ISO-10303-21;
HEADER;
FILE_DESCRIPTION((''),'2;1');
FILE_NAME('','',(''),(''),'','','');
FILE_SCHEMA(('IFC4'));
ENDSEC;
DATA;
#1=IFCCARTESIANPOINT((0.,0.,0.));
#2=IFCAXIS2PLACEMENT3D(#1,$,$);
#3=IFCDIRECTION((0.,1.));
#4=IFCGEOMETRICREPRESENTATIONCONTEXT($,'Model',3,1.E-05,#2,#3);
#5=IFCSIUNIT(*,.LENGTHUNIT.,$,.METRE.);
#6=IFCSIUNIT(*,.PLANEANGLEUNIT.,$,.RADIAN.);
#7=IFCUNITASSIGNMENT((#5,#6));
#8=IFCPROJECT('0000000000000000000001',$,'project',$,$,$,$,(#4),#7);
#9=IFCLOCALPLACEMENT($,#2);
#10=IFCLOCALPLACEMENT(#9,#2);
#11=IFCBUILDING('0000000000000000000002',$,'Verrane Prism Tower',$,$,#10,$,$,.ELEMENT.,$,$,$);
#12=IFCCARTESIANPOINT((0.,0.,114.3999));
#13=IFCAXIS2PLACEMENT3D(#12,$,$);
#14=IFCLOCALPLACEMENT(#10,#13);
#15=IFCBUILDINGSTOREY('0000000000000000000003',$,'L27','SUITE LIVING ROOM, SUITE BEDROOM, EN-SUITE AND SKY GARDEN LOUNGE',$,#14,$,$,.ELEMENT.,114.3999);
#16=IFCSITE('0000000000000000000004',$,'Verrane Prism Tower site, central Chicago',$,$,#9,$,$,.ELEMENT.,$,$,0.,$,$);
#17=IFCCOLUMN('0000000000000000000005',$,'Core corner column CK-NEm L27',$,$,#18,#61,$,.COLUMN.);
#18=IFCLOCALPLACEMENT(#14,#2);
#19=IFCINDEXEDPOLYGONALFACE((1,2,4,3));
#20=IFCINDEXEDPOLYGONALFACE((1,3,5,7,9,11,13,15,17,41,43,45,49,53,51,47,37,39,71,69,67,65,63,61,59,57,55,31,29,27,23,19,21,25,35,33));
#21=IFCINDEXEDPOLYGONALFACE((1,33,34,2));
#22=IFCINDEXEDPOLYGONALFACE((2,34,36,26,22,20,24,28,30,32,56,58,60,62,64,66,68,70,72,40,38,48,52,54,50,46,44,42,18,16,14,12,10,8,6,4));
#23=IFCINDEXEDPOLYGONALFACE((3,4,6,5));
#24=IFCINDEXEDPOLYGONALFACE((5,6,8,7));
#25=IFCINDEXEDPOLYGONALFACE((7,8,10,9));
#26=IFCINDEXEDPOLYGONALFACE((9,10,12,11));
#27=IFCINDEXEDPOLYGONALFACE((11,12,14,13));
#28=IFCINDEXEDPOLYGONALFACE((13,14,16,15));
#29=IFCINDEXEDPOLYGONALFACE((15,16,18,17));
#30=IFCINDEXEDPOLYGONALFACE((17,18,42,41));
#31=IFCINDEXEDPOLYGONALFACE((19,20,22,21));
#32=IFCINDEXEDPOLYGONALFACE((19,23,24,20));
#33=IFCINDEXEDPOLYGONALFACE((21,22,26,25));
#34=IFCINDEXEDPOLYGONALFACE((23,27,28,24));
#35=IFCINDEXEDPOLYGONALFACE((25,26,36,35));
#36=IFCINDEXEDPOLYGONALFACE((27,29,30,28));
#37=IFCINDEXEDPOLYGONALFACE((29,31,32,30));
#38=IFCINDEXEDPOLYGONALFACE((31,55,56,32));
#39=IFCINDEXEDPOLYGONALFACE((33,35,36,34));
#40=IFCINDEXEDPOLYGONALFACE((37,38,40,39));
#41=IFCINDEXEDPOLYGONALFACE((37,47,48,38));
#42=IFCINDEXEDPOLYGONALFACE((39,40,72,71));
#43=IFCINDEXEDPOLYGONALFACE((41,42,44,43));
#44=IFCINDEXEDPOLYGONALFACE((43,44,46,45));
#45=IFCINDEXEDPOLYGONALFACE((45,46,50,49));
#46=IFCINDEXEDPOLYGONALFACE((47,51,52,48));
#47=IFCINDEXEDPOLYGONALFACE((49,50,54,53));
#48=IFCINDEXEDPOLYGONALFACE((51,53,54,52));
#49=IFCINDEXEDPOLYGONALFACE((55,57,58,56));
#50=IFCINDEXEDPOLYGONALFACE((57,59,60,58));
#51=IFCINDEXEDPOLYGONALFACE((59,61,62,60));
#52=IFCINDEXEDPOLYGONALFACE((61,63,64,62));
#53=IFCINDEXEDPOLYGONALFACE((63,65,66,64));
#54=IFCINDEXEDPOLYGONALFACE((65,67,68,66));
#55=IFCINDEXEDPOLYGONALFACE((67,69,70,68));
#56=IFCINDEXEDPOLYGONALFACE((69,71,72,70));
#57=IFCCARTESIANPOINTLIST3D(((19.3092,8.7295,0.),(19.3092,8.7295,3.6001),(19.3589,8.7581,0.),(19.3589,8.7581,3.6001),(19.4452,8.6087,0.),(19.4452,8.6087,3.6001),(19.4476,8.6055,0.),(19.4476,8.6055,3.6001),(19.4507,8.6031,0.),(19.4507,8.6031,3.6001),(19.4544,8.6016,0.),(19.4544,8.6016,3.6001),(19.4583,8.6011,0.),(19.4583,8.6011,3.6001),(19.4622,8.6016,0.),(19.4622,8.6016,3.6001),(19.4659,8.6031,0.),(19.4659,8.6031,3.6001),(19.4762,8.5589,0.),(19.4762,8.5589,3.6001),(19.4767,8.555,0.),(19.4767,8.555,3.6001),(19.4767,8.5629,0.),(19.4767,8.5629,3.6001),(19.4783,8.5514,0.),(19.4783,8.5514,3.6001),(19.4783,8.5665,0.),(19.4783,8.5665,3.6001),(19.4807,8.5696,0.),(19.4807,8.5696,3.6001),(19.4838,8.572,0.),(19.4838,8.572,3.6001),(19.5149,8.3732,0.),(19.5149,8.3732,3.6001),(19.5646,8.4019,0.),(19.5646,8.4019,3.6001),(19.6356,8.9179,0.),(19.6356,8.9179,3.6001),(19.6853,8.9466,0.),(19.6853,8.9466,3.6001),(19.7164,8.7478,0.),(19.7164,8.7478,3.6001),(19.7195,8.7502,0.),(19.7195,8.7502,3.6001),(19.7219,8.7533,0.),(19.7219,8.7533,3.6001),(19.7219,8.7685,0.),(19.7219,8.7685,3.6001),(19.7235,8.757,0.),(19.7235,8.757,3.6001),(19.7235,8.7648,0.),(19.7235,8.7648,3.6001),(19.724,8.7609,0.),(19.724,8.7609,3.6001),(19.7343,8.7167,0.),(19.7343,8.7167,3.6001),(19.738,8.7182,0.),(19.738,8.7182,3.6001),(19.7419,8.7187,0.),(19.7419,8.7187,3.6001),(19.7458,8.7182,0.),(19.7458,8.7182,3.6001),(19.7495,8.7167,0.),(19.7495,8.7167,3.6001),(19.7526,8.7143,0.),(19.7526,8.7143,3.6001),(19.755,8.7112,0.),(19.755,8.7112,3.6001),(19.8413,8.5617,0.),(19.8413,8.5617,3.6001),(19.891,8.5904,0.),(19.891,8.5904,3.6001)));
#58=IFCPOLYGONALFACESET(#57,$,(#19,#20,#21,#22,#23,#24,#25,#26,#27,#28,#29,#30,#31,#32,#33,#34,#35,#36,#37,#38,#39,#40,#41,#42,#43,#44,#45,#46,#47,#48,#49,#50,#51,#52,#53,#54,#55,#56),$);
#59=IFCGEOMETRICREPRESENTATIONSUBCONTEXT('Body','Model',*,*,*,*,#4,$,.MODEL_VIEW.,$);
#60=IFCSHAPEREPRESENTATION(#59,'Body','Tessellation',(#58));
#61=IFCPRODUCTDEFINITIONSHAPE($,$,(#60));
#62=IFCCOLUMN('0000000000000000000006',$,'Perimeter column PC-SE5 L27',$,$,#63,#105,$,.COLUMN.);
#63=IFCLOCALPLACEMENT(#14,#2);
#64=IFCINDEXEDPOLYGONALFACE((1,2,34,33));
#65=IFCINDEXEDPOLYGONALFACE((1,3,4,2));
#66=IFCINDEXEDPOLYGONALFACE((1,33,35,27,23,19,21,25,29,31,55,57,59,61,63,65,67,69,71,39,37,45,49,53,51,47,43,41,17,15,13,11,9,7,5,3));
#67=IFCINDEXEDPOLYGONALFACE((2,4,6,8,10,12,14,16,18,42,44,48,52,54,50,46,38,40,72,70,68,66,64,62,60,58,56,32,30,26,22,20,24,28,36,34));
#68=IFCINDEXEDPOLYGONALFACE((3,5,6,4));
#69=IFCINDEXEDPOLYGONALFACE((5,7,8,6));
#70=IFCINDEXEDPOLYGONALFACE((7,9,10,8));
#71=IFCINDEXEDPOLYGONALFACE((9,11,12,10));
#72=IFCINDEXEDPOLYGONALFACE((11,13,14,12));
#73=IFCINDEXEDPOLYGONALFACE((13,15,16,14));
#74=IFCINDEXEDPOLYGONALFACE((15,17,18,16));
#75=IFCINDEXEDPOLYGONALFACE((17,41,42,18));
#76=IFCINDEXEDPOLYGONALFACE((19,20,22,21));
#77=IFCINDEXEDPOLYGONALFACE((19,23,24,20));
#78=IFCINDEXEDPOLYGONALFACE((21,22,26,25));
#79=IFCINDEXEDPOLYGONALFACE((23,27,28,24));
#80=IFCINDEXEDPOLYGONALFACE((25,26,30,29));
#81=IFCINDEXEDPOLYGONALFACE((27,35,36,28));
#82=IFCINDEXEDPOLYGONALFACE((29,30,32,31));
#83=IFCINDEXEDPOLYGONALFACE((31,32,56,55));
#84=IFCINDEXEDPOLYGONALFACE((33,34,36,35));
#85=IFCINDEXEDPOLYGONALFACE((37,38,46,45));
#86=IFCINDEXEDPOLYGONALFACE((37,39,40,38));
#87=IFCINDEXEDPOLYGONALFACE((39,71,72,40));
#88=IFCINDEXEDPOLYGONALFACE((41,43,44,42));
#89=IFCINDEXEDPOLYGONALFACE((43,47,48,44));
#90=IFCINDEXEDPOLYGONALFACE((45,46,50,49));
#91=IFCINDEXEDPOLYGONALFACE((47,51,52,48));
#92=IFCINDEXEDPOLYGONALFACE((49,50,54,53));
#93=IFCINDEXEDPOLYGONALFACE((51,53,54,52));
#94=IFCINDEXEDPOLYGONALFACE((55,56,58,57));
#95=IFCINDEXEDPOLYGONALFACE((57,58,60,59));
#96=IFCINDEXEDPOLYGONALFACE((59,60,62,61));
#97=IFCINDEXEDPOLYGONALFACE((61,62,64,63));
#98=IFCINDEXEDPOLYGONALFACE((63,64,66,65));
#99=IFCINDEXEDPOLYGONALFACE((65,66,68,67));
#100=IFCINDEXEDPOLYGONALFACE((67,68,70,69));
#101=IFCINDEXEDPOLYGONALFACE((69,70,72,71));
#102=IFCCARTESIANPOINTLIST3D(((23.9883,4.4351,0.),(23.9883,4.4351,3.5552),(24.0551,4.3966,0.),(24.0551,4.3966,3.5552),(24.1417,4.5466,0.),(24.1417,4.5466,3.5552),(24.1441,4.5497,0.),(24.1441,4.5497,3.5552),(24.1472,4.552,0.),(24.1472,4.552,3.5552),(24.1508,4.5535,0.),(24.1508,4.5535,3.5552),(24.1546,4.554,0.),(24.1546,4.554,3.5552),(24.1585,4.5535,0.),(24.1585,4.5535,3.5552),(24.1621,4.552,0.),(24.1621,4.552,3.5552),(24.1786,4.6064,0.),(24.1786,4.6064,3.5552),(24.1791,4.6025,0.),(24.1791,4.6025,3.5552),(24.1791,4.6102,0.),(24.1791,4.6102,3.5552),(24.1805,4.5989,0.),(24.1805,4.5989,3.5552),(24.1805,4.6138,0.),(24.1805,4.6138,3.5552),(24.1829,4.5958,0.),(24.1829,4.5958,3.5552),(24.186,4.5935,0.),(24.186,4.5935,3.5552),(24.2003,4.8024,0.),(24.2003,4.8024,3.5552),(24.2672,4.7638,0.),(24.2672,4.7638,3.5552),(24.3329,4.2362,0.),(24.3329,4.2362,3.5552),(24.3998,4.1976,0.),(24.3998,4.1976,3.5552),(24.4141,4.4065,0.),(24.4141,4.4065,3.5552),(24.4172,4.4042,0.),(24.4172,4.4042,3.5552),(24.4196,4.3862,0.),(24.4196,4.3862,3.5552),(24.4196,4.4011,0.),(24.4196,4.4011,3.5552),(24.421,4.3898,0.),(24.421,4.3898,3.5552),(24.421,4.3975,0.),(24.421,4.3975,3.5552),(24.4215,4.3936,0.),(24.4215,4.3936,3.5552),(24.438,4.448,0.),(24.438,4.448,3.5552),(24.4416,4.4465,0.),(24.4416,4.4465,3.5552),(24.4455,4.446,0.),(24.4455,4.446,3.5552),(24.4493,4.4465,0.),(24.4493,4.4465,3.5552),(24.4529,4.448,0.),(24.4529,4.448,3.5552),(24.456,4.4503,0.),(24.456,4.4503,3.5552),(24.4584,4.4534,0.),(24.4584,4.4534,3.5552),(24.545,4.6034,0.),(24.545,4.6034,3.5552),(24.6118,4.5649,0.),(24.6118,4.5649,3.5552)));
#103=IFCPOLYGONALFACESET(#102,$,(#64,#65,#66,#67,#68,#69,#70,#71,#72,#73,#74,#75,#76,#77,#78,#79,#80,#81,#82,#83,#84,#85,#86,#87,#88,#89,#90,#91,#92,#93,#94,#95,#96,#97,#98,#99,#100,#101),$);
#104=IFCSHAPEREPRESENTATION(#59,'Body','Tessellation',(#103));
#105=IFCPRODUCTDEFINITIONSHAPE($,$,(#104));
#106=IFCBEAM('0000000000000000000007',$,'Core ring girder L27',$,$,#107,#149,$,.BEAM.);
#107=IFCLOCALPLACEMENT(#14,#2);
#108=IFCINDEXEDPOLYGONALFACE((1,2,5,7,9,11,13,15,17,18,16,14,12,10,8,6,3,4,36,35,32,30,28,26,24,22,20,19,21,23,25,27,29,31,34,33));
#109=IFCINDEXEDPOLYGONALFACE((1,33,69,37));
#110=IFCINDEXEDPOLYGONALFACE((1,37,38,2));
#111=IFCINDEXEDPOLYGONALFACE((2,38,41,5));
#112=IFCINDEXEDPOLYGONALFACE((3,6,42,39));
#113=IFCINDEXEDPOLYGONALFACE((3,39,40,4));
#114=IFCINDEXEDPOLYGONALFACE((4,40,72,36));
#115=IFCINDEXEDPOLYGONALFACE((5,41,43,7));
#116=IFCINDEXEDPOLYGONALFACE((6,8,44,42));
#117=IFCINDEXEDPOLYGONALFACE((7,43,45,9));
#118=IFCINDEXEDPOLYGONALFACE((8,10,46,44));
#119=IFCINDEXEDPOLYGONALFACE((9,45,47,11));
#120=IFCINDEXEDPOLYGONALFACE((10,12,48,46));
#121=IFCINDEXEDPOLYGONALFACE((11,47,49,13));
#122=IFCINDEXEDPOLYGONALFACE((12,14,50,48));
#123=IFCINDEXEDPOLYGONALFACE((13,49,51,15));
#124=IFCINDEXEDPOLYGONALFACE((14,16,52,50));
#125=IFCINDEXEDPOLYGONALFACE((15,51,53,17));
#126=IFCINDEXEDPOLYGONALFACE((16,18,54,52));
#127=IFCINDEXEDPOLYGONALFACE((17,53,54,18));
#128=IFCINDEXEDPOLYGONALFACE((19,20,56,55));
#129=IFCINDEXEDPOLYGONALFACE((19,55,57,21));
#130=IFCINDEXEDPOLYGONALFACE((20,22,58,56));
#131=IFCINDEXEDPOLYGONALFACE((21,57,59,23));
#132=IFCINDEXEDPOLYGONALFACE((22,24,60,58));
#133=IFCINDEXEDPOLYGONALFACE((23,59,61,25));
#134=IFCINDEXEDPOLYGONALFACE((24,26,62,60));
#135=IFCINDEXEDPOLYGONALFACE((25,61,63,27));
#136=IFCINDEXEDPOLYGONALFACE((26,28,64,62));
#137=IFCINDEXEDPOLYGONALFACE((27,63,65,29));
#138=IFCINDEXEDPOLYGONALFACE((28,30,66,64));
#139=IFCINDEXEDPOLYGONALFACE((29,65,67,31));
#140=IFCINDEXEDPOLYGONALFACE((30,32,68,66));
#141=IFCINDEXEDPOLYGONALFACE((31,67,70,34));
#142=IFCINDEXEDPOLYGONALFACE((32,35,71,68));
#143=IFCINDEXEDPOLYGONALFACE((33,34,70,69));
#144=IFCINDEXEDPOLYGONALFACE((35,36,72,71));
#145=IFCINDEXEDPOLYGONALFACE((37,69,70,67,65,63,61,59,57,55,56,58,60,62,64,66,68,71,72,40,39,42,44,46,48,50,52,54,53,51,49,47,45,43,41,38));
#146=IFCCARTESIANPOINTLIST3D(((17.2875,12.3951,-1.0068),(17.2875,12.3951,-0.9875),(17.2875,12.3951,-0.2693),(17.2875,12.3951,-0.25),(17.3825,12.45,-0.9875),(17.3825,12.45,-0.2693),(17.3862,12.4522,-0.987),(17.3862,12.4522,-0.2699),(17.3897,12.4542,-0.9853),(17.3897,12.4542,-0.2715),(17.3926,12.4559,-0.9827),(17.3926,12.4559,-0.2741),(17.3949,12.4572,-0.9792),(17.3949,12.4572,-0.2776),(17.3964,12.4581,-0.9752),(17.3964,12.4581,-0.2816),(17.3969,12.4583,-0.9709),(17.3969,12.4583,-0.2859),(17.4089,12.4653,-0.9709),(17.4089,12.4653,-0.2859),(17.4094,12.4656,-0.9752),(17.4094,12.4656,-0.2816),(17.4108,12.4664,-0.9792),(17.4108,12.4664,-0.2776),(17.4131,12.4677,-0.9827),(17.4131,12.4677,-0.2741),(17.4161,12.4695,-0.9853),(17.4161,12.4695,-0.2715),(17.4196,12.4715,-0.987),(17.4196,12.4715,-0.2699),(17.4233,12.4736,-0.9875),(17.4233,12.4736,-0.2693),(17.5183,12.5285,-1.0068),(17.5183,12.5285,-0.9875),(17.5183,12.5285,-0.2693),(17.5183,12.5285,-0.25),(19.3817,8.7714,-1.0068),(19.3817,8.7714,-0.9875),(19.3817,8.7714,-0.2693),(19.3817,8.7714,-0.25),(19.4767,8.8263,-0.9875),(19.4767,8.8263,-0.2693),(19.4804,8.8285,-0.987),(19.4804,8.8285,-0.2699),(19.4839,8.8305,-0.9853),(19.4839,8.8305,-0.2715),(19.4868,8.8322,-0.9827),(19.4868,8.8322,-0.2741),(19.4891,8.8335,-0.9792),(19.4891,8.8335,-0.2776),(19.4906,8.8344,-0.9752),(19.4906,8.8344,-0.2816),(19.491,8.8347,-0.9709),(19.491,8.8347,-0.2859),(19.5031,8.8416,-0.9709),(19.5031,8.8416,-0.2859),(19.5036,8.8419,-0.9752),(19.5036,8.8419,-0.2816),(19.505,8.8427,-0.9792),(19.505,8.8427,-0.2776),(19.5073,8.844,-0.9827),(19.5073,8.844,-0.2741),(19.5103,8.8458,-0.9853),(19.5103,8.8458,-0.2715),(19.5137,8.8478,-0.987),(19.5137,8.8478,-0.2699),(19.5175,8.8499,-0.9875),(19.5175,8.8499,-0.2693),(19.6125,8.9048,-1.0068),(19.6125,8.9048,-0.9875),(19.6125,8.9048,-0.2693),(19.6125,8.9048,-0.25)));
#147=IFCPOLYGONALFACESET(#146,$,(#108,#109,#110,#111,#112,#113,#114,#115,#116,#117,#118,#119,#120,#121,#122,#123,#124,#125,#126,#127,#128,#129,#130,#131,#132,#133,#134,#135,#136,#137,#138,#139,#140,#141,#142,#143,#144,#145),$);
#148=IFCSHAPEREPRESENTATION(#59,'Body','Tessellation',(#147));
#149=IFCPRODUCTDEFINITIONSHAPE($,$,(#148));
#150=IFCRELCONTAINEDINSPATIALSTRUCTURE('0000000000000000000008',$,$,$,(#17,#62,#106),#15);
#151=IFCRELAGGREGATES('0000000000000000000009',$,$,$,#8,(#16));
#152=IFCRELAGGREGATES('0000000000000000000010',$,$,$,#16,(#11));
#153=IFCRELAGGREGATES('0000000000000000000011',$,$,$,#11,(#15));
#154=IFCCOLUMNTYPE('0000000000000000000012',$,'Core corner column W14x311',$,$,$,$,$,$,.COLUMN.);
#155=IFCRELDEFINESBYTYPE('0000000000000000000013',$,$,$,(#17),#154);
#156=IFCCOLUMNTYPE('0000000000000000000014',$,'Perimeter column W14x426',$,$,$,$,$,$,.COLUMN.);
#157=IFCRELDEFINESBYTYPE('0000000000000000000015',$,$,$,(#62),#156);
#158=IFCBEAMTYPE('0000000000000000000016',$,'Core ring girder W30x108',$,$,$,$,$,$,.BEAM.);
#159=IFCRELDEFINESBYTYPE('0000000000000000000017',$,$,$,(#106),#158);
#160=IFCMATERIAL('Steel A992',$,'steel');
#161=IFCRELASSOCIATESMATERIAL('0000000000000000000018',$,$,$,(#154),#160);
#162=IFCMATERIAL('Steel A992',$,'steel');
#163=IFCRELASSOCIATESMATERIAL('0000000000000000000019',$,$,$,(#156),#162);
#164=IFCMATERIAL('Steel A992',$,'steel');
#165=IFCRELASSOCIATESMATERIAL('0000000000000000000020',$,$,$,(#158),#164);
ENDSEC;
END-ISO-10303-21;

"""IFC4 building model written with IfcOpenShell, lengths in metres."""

from ifc_helpers import new_model, si_unit, direction, frame, origin, origin_2d, place, context, subcontext, project, spatial, i_section, extrude, material, material_profile, profile_set, type_object, element, save


model = new_model("IFC4")

# Units and contexts
model_context = context("Model", 3, precision=1e-05, world=origin(), true_north=direction((0.0, 1.0)))
body_context = subcontext(model_context, "Body", "Model", "MODEL_VIEW")
ifc_project = project(units=[si_unit("LENGTHUNIT", "METRE"), si_unit("PLANEANGLEUNIT", "RADIAN")], contexts=[model_context])

# Site, building, storey
site_placement = place(None, origin())
site = spatial("IfcSite", under=ifc_project, at=site_placement, Name="Verrane Prism Tower site, central Chicago", CompositionType="ELEMENT", RefElevation=0.0)
building_placement = place(site_placement, origin())
building = spatial("IfcBuilding", under=site, at=building_placement, Name="Verrane Prism Tower", CompositionType="ELEMENT")
storey_placement = place(building_placement, frame((0.0, 0.0, 114.3999)))
storey = spatial("IfcBuildingStorey", under=building, at=storey_placement, Name="L27", Description="SUITE LIVING ROOM, SUITE BEDROOM, EN-SUITE AND SKY GARDEN LOUNGE", CompositionType="ELEMENT", Elevation=114.3999)

# Columns
ifc_material_1 = material(Name="Steel A992", Category="steel")
ifc_material_profile_1 = material_profile(ifc_material_1, i_section(OverallWidth=0.4114, OverallDepth=0.4343, WebThickness=0.0359, FlangeThickness=0.0574, FilletRadius=0.0151, at=origin_2d()), Name="W14x311")
ifc_profile_set_1 = profile_set([ifc_material_profile_1], Name="Steel A992")
column_type_1 = type_object("IfcColumnType", Name="Core corner column W14x311", PredefinedType="COLUMN", material=ifc_profile_set_1)
column_1_placement = place(storey_placement, frame((19.6001, 8.6599, 0.0), z_axis=(0.0, 0.0, 1.0), x_axis=(0.5, -0.866025, 0.0)))
element("IfcColumn", 1, at=column_1_placement, inside=storey, type_object=column_type_1, Name="Core corner column CK-NEm L27", PredefinedType="COLUMN", context=body_context, shape_type="SweptSolid", body=[
    extrude(i_section(OverallWidth=0.4114, OverallDepth=0.4343, WebThickness=0.0359, FlangeThickness=0.0574, FilletRadius=0.0151, at=origin_2d()), origin(), (0.0, 0.0, 1.0), 3.6001),
])
ifc_material_2 = material(Name="Steel A992", Category="steel")
ifc_material_profile_2 = material_profile(ifc_material_2, i_section(OverallWidth=0.4241, OverallDepth=0.4751, WebThickness=0.0479, FlangeThickness=0.0771, FilletRadius=0.0149, at=origin_2d()), Name="W14x426")
ifc_profile_set_2 = profile_set([ifc_material_profile_2], Name="Steel A992")
column_type_2 = type_object("IfcColumnType", Name="Perimeter column W14x426", PredefinedType="COLUMN", material=ifc_profile_set_2)
column_2_placement = place(storey_placement, frame((24.3, 4.5, 0.0), z_axis=(0.0, 0.0, 1.0), x_axis=(-0.5, -0.866025, 0.0)))
element("IfcColumn", 2, at=column_2_placement, inside=storey, type_object=column_type_2, Name="Perimeter column PC-SE5 L27", PredefinedType="COLUMN", context=body_context, shape_type="SweptSolid", body=[
    extrude(i_section(OverallWidth=0.4241, OverallDepth=0.4751, WebThickness=0.0479, FlangeThickness=0.0771, FilletRadius=0.0149, at=origin_2d()), origin(), (0.0, 0.0, 1.0), 3.5552),
])

# Beam
ifc_material_3 = material(Name="Steel A992", Category="steel")
ifc_material_profile_3 = material_profile(ifc_material_3, i_section(OverallWidth=0.2666, OverallDepth=0.7568, WebThickness=0.0139, FlangeThickness=0.0193, FilletRadius=0.0166, at=origin_2d()), Name="W30x108")
ifc_profile_set_3 = profile_set([ifc_material_profile_3], Name="Steel A992")
beam_type_1 = type_object("IfcBeamType", Name="Core ring girder W30x108", PredefinedType="BEAM", material=ifc_profile_set_3)
beam_1_placement = place(storey_placement, frame((19.4971, 8.8381, -0.6284), z_axis=(-0.500367, 0.865813, 0.0), x_axis=(-0.865813, -0.500367, 0.0)))
element("IfcBeam", 3, at=beam_1_placement, inside=storey, type_object=beam_type_1, Name="Core ring girder L27", PredefinedType="BEAM", context=body_context, shape_type="SweptSolid", body=[
    extrude(i_section(OverallWidth=0.2666, OverallDepth=0.7568, WebThickness=0.0139, FlangeThickness=0.0193, FilletRadius=0.0166, at=origin_2d()), origin(), (0.0, 0.0, 1.0), 4.1853),
])

save(model, "model.ifc")
